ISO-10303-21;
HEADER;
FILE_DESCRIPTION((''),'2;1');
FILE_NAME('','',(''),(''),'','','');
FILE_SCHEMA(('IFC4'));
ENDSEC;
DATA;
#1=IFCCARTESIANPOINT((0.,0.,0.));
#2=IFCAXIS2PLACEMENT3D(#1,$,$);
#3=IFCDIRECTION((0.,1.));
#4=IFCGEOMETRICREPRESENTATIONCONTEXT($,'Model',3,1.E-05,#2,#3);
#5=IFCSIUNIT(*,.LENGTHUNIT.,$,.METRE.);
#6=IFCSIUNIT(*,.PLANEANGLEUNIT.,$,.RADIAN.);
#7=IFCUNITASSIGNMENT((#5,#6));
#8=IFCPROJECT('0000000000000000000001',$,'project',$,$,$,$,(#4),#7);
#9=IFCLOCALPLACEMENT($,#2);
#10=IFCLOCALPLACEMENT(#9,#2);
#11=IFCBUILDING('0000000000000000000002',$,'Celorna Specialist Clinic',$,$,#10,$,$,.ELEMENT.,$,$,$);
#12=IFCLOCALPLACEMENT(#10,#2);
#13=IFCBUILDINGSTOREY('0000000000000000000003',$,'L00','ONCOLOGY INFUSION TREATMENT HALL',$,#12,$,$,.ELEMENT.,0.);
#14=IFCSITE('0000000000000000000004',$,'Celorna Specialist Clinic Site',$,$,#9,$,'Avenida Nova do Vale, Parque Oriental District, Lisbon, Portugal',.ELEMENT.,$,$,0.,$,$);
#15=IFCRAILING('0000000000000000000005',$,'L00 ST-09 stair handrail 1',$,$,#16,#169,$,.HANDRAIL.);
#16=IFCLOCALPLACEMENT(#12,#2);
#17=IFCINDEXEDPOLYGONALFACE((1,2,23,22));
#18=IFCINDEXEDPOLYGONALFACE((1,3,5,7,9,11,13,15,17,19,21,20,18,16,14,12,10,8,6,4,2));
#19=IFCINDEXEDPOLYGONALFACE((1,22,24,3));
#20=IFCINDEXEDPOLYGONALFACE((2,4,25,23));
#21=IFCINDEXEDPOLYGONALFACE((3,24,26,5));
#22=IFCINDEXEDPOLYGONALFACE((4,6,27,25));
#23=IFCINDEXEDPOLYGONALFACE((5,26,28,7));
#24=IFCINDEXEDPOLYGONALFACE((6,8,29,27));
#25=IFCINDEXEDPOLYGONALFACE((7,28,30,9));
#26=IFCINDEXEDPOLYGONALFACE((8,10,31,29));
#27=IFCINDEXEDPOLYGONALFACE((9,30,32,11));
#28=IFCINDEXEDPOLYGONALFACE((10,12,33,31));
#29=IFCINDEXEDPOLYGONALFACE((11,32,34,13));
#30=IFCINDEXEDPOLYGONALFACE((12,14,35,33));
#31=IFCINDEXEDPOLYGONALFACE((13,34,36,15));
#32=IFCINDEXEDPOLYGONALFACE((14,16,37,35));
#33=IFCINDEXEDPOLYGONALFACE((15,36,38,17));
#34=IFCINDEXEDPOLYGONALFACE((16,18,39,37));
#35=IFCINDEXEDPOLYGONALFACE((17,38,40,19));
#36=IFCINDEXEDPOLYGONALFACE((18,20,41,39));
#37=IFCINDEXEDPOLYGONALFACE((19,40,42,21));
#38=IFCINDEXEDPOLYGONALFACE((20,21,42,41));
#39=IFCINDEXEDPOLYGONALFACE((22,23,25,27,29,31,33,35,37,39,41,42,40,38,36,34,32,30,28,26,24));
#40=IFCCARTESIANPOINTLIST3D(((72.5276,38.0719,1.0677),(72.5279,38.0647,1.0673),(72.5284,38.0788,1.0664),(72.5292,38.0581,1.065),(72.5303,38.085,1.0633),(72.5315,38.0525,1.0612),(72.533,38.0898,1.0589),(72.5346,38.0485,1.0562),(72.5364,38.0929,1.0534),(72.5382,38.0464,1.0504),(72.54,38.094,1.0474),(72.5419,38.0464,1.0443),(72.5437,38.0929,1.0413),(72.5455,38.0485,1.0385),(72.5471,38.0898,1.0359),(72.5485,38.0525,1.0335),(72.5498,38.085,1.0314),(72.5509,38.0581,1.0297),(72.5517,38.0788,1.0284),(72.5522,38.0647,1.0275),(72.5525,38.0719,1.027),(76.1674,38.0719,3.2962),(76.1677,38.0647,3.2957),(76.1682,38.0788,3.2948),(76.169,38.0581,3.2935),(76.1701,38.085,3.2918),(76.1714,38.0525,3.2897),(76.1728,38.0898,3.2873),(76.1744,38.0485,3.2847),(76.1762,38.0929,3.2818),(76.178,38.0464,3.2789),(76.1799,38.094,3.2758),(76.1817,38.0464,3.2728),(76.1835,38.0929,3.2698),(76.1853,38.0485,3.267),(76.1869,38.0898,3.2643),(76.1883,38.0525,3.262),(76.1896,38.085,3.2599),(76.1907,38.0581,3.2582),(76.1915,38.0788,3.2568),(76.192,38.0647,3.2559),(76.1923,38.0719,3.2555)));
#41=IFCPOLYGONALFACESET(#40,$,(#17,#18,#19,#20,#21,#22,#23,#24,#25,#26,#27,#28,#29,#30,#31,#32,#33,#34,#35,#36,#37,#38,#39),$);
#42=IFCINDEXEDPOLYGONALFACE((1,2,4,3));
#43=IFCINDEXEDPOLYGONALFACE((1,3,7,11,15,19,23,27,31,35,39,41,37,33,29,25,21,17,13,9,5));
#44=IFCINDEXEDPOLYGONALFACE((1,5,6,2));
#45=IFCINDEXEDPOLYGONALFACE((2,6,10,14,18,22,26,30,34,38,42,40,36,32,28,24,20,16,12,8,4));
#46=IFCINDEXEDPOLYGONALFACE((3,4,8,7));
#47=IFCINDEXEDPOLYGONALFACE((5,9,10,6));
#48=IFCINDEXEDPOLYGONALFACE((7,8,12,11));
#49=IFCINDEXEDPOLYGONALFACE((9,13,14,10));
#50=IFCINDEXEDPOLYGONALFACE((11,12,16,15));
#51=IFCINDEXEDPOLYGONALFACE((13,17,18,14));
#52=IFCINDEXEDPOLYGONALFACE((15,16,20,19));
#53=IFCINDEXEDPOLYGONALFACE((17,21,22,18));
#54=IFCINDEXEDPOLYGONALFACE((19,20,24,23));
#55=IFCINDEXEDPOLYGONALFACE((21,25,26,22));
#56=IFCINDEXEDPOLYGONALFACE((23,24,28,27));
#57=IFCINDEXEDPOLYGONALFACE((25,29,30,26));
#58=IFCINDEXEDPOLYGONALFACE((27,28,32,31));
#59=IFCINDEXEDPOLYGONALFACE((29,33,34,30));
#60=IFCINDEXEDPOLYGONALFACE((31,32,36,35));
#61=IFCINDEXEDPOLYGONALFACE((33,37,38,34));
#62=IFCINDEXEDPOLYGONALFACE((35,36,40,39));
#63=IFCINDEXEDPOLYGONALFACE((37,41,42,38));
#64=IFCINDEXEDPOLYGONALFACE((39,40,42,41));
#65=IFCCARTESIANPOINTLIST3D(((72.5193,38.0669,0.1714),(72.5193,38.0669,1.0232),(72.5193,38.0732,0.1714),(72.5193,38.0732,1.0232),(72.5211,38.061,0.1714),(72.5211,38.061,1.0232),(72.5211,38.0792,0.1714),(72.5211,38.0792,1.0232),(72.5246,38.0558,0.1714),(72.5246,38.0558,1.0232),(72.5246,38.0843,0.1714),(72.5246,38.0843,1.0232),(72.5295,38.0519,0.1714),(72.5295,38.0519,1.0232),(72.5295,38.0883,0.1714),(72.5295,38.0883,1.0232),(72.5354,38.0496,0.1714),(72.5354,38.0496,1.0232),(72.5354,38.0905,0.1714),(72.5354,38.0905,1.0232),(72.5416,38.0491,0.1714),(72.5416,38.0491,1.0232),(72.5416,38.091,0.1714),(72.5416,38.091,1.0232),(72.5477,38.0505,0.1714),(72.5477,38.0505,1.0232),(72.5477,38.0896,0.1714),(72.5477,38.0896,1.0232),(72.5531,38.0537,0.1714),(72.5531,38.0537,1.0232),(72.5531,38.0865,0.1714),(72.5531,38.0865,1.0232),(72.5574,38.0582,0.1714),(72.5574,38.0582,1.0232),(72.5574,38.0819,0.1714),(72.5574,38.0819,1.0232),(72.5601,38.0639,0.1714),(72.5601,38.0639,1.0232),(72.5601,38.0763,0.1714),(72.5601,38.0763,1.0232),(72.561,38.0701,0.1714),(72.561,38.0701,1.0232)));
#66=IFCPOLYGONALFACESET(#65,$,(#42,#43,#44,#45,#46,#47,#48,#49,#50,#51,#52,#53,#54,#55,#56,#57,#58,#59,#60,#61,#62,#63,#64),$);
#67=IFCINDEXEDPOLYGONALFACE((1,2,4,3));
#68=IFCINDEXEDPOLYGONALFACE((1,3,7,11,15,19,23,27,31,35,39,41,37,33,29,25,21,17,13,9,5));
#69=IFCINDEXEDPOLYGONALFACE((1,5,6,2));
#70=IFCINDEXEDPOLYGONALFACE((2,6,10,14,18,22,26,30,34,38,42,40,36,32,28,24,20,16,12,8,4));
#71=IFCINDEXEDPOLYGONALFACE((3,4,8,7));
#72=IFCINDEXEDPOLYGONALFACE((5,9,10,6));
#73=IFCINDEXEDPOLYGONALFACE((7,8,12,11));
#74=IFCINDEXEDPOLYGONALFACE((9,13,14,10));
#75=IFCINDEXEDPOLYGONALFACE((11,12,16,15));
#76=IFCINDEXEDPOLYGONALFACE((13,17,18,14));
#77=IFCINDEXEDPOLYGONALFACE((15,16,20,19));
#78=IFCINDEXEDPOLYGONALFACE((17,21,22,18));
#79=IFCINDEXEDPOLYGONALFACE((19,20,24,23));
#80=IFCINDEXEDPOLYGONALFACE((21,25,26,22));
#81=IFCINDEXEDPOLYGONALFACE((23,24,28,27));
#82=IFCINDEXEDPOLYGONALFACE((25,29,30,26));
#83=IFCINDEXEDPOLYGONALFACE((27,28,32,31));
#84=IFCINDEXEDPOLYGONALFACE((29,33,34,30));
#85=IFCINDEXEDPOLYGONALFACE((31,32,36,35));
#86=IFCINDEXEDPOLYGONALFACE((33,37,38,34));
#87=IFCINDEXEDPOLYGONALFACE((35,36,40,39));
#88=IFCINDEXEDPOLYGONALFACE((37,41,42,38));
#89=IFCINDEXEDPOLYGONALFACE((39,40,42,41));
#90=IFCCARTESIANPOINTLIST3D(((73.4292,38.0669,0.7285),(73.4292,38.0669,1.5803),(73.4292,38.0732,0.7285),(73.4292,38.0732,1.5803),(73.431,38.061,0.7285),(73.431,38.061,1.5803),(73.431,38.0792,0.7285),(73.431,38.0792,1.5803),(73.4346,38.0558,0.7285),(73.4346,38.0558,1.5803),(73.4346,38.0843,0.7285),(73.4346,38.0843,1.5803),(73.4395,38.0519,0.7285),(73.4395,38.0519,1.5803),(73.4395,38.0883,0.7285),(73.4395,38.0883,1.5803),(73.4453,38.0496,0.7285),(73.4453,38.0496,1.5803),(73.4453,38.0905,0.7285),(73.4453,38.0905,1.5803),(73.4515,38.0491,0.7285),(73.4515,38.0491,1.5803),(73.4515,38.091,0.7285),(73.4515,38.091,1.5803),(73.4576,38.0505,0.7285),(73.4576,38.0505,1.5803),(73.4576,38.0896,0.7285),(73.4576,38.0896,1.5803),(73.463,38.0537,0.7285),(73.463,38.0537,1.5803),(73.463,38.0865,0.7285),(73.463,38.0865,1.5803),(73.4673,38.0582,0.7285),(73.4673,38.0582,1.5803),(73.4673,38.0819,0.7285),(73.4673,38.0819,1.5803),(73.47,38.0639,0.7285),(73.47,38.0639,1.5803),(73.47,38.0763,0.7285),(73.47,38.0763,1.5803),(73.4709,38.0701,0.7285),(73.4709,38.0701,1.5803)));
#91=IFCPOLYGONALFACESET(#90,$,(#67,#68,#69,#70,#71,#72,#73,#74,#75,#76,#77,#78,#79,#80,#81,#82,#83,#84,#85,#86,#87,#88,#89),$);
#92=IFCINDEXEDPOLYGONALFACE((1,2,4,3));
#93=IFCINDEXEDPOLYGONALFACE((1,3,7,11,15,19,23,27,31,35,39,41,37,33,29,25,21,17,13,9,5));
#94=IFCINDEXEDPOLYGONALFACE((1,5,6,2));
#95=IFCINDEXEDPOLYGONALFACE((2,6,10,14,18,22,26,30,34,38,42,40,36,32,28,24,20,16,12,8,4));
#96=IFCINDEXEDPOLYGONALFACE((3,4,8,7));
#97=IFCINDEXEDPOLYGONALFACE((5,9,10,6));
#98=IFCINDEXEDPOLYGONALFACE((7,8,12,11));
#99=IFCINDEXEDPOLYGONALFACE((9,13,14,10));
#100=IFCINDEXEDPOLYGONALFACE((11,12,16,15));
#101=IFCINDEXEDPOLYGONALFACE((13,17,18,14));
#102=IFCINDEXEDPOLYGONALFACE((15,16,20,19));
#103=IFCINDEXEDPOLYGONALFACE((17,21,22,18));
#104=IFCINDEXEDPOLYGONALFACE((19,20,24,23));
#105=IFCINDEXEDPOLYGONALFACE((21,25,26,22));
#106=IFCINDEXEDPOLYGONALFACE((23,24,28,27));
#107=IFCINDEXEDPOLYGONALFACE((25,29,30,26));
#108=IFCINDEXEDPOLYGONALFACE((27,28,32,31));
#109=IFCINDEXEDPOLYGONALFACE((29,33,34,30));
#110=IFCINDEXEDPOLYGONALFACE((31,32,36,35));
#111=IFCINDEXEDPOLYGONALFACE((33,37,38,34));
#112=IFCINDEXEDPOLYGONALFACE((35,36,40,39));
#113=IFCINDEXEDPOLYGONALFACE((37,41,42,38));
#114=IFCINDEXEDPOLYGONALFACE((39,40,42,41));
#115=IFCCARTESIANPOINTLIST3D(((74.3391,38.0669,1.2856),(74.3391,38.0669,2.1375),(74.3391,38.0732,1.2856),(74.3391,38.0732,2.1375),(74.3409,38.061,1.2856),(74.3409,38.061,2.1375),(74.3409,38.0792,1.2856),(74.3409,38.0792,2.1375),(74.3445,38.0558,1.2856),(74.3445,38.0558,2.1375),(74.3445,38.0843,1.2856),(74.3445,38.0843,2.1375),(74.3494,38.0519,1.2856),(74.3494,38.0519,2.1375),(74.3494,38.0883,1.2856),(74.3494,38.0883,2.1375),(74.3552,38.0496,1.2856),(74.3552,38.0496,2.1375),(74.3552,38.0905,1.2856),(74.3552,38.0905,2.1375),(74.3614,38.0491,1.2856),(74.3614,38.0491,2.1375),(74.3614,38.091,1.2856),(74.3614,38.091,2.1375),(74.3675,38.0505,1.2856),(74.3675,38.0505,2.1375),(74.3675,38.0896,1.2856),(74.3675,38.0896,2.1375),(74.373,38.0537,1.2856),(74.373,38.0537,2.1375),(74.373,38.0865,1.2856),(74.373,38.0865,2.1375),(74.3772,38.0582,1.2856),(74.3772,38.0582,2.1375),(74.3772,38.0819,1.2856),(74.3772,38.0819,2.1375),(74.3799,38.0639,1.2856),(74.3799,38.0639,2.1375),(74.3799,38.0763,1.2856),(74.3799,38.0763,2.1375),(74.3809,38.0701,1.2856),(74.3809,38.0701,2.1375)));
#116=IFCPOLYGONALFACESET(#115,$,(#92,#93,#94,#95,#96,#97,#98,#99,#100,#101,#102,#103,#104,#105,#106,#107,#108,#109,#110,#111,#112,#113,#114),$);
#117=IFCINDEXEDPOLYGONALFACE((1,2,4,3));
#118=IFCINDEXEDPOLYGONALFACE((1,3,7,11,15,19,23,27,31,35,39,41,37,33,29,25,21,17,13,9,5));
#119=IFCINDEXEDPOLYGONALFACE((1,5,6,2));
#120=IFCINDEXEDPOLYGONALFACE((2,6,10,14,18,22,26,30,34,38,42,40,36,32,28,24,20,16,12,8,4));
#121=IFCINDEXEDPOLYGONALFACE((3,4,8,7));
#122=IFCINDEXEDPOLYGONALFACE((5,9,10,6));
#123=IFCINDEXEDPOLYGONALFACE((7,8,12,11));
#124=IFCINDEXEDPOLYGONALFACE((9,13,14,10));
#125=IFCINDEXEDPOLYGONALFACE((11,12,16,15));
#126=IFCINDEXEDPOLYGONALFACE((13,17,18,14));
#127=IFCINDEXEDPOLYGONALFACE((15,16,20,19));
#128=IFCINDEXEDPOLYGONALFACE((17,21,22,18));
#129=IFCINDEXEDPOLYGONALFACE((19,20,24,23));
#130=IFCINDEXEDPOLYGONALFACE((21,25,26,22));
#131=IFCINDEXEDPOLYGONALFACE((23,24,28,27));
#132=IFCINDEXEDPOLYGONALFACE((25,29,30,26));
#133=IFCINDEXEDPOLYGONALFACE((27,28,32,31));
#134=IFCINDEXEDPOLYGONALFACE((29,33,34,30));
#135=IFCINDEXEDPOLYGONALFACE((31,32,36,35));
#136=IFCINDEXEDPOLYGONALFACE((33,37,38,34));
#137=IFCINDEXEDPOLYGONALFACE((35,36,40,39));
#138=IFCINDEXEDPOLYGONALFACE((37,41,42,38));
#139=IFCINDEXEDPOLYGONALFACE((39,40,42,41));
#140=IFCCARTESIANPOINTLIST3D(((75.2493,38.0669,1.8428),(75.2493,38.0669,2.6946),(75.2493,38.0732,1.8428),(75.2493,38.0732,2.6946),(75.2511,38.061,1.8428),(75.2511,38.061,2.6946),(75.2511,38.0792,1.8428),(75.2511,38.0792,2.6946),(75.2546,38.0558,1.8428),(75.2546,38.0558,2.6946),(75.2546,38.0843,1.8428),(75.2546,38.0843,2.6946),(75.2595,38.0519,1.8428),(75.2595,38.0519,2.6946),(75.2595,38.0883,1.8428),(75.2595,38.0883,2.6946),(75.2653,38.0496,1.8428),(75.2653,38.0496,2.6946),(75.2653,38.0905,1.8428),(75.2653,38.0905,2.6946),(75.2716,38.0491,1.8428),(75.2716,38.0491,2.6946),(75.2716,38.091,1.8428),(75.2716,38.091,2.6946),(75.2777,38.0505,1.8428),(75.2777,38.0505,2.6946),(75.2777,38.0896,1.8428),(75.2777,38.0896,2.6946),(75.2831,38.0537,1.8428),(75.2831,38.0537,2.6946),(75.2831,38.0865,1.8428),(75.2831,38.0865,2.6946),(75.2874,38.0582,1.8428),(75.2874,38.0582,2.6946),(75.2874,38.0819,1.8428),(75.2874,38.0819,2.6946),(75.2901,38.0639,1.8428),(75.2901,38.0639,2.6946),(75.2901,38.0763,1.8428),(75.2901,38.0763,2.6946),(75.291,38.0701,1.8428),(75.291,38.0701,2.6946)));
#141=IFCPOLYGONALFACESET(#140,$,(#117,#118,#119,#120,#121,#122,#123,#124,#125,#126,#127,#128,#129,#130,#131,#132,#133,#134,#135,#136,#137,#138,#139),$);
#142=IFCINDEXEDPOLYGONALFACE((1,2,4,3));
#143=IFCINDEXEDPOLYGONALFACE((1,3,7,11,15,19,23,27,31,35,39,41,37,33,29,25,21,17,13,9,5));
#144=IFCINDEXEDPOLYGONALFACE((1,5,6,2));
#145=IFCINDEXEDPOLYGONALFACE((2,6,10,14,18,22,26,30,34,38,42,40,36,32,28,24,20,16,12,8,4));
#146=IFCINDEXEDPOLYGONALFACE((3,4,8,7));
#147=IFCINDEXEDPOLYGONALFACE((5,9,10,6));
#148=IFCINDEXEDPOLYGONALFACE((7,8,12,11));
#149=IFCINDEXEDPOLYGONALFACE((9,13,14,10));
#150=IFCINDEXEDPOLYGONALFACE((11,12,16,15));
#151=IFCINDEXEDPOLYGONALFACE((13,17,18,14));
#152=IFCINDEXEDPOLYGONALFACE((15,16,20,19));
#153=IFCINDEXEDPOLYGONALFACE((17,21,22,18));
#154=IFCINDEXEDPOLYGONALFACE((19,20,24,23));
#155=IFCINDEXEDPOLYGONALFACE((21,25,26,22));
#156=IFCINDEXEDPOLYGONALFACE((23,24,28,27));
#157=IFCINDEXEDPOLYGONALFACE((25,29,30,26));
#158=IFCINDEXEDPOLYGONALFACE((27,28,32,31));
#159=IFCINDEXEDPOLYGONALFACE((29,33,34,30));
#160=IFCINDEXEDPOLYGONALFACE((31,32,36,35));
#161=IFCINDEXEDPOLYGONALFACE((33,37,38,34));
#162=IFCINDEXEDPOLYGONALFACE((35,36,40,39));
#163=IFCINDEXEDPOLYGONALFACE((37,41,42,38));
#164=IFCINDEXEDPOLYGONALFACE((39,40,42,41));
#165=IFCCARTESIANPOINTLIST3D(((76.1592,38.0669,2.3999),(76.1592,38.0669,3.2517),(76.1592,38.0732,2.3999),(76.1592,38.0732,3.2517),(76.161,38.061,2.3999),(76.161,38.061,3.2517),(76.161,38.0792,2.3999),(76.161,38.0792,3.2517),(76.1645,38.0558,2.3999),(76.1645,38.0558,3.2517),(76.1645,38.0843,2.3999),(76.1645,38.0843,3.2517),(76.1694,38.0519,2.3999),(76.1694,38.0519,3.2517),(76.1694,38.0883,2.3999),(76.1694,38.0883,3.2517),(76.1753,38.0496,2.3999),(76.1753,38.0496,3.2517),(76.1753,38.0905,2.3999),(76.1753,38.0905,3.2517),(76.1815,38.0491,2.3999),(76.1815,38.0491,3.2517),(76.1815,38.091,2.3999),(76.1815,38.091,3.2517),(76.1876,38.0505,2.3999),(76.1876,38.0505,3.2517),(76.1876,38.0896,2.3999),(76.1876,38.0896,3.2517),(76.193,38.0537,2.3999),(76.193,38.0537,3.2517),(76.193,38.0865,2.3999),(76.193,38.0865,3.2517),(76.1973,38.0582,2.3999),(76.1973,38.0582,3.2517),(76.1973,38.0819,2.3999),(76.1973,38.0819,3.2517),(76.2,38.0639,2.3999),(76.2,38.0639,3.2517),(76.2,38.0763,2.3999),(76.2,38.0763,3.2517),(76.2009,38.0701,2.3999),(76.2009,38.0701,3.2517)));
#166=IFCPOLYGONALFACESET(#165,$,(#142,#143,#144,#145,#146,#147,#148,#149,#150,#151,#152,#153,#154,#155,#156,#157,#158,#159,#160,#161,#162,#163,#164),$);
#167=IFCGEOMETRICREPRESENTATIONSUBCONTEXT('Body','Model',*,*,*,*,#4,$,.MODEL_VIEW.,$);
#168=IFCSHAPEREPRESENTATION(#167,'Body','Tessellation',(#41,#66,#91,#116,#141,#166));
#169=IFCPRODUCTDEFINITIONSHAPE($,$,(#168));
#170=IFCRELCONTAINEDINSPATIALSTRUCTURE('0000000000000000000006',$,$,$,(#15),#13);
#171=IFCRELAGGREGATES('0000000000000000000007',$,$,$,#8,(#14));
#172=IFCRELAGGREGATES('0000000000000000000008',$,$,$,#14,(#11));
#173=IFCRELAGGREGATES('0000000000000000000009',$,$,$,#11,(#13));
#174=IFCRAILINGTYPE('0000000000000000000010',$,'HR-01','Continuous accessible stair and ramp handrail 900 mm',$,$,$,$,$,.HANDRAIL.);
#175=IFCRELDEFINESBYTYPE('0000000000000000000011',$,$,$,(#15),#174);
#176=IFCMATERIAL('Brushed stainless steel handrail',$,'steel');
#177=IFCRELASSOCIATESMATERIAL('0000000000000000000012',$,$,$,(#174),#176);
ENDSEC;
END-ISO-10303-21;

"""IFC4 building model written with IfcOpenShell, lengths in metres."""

from ifc_helpers import new_model, si_unit, direction, frame, origin, origin_2d, place, context, subcontext, project, spatial, circle, extrude, material, type_object, element, save


model = new_model("IFC4")

# Units and contexts
model_context = context("Model", 3, precision=1e-05, world=origin(), true_north=direction((0.0, 1.0)))
body_context = subcontext(model_context, "Body", "Model", "MODEL_VIEW")
ifc_project = project(units=[si_unit("LENGTHUNIT", "METRE"), si_unit("PLANEANGLEUNIT", "RADIAN")], contexts=[model_context])

# Site, building, storey
site_placement = place(None, origin())
site = spatial("IfcSite", under=ifc_project, at=site_placement, Name="Celorna Specialist Clinic Site", LongName="Avenida Nova do Vale, Parque Oriental District, Lisbon, Portugal", CompositionType="ELEMENT", RefElevation=0.0)
building_placement = place(site_placement, origin())
building = spatial("IfcBuilding", under=site, at=building_placement, Name="Celorna Specialist Clinic", CompositionType="ELEMENT")
storey_placement = place(building_placement, origin())
storey = spatial("IfcBuildingStorey", under=building, at=storey_placement, Name="L00", Description="ONCOLOGY INFUSION TREATMENT HALL", CompositionType="ELEMENT", Elevation=0.0)

# Railing
ifc_material_1 = material(Name="Brushed stainless steel handrail", Category="steel")
railing_type_1 = type_object("IfcRailingType", Name="HR-01", Description="Continuous accessible stair and ramp handrail 900 mm", PredefinedType="HANDRAIL", material=ifc_material_1)
railing_1_placement = place(storey_placement, frame((72.54, 38.0701, 0.1714)))
element("IfcRailing", 1, at=railing_1_placement, inside=storey, type_object=railing_type_1, Name="L00 ST-09 stair handrail 1", PredefinedType="HANDRAIL", context=body_context, shape_type="SweptSolid", body=[
    extrude(circle(Radius=0.0239, at=origin_2d()), frame((0.0, 0.0, 0.876), z_axis=(0.85285, 0.0, 0.522156), x_axis=(0.0, 1.0, 0.0)), (0.0, 0.0, 1.0), 4.2678),
    extrude(circle(Radius=0.021, at=origin_2d()), origin(), (0.0, 0.0, 1.0), 0.8518),
    extrude(circle(Radius=0.021, at=origin_2d()), frame((0.9099, 0.0, 0.5571)), (0.0, 0.0, 1.0), 0.8518),
    extrude(circle(Radius=0.021, at=origin_2d()), frame((1.8198, 0.0, 1.1143)), (0.0, 0.0, 1.0), 0.8518),
    extrude(circle(Radius=0.021, at=origin_2d()), frame((2.73, 0.0, 1.6714)), (0.0, 0.0, 1.0), 0.8518),
    extrude(circle(Radius=0.021, at=origin_2d()), frame((3.6399, 0.0, 2.2285)), (0.0, 0.0, 1.0), 0.8518),
])

save(model, "model.ifc")
